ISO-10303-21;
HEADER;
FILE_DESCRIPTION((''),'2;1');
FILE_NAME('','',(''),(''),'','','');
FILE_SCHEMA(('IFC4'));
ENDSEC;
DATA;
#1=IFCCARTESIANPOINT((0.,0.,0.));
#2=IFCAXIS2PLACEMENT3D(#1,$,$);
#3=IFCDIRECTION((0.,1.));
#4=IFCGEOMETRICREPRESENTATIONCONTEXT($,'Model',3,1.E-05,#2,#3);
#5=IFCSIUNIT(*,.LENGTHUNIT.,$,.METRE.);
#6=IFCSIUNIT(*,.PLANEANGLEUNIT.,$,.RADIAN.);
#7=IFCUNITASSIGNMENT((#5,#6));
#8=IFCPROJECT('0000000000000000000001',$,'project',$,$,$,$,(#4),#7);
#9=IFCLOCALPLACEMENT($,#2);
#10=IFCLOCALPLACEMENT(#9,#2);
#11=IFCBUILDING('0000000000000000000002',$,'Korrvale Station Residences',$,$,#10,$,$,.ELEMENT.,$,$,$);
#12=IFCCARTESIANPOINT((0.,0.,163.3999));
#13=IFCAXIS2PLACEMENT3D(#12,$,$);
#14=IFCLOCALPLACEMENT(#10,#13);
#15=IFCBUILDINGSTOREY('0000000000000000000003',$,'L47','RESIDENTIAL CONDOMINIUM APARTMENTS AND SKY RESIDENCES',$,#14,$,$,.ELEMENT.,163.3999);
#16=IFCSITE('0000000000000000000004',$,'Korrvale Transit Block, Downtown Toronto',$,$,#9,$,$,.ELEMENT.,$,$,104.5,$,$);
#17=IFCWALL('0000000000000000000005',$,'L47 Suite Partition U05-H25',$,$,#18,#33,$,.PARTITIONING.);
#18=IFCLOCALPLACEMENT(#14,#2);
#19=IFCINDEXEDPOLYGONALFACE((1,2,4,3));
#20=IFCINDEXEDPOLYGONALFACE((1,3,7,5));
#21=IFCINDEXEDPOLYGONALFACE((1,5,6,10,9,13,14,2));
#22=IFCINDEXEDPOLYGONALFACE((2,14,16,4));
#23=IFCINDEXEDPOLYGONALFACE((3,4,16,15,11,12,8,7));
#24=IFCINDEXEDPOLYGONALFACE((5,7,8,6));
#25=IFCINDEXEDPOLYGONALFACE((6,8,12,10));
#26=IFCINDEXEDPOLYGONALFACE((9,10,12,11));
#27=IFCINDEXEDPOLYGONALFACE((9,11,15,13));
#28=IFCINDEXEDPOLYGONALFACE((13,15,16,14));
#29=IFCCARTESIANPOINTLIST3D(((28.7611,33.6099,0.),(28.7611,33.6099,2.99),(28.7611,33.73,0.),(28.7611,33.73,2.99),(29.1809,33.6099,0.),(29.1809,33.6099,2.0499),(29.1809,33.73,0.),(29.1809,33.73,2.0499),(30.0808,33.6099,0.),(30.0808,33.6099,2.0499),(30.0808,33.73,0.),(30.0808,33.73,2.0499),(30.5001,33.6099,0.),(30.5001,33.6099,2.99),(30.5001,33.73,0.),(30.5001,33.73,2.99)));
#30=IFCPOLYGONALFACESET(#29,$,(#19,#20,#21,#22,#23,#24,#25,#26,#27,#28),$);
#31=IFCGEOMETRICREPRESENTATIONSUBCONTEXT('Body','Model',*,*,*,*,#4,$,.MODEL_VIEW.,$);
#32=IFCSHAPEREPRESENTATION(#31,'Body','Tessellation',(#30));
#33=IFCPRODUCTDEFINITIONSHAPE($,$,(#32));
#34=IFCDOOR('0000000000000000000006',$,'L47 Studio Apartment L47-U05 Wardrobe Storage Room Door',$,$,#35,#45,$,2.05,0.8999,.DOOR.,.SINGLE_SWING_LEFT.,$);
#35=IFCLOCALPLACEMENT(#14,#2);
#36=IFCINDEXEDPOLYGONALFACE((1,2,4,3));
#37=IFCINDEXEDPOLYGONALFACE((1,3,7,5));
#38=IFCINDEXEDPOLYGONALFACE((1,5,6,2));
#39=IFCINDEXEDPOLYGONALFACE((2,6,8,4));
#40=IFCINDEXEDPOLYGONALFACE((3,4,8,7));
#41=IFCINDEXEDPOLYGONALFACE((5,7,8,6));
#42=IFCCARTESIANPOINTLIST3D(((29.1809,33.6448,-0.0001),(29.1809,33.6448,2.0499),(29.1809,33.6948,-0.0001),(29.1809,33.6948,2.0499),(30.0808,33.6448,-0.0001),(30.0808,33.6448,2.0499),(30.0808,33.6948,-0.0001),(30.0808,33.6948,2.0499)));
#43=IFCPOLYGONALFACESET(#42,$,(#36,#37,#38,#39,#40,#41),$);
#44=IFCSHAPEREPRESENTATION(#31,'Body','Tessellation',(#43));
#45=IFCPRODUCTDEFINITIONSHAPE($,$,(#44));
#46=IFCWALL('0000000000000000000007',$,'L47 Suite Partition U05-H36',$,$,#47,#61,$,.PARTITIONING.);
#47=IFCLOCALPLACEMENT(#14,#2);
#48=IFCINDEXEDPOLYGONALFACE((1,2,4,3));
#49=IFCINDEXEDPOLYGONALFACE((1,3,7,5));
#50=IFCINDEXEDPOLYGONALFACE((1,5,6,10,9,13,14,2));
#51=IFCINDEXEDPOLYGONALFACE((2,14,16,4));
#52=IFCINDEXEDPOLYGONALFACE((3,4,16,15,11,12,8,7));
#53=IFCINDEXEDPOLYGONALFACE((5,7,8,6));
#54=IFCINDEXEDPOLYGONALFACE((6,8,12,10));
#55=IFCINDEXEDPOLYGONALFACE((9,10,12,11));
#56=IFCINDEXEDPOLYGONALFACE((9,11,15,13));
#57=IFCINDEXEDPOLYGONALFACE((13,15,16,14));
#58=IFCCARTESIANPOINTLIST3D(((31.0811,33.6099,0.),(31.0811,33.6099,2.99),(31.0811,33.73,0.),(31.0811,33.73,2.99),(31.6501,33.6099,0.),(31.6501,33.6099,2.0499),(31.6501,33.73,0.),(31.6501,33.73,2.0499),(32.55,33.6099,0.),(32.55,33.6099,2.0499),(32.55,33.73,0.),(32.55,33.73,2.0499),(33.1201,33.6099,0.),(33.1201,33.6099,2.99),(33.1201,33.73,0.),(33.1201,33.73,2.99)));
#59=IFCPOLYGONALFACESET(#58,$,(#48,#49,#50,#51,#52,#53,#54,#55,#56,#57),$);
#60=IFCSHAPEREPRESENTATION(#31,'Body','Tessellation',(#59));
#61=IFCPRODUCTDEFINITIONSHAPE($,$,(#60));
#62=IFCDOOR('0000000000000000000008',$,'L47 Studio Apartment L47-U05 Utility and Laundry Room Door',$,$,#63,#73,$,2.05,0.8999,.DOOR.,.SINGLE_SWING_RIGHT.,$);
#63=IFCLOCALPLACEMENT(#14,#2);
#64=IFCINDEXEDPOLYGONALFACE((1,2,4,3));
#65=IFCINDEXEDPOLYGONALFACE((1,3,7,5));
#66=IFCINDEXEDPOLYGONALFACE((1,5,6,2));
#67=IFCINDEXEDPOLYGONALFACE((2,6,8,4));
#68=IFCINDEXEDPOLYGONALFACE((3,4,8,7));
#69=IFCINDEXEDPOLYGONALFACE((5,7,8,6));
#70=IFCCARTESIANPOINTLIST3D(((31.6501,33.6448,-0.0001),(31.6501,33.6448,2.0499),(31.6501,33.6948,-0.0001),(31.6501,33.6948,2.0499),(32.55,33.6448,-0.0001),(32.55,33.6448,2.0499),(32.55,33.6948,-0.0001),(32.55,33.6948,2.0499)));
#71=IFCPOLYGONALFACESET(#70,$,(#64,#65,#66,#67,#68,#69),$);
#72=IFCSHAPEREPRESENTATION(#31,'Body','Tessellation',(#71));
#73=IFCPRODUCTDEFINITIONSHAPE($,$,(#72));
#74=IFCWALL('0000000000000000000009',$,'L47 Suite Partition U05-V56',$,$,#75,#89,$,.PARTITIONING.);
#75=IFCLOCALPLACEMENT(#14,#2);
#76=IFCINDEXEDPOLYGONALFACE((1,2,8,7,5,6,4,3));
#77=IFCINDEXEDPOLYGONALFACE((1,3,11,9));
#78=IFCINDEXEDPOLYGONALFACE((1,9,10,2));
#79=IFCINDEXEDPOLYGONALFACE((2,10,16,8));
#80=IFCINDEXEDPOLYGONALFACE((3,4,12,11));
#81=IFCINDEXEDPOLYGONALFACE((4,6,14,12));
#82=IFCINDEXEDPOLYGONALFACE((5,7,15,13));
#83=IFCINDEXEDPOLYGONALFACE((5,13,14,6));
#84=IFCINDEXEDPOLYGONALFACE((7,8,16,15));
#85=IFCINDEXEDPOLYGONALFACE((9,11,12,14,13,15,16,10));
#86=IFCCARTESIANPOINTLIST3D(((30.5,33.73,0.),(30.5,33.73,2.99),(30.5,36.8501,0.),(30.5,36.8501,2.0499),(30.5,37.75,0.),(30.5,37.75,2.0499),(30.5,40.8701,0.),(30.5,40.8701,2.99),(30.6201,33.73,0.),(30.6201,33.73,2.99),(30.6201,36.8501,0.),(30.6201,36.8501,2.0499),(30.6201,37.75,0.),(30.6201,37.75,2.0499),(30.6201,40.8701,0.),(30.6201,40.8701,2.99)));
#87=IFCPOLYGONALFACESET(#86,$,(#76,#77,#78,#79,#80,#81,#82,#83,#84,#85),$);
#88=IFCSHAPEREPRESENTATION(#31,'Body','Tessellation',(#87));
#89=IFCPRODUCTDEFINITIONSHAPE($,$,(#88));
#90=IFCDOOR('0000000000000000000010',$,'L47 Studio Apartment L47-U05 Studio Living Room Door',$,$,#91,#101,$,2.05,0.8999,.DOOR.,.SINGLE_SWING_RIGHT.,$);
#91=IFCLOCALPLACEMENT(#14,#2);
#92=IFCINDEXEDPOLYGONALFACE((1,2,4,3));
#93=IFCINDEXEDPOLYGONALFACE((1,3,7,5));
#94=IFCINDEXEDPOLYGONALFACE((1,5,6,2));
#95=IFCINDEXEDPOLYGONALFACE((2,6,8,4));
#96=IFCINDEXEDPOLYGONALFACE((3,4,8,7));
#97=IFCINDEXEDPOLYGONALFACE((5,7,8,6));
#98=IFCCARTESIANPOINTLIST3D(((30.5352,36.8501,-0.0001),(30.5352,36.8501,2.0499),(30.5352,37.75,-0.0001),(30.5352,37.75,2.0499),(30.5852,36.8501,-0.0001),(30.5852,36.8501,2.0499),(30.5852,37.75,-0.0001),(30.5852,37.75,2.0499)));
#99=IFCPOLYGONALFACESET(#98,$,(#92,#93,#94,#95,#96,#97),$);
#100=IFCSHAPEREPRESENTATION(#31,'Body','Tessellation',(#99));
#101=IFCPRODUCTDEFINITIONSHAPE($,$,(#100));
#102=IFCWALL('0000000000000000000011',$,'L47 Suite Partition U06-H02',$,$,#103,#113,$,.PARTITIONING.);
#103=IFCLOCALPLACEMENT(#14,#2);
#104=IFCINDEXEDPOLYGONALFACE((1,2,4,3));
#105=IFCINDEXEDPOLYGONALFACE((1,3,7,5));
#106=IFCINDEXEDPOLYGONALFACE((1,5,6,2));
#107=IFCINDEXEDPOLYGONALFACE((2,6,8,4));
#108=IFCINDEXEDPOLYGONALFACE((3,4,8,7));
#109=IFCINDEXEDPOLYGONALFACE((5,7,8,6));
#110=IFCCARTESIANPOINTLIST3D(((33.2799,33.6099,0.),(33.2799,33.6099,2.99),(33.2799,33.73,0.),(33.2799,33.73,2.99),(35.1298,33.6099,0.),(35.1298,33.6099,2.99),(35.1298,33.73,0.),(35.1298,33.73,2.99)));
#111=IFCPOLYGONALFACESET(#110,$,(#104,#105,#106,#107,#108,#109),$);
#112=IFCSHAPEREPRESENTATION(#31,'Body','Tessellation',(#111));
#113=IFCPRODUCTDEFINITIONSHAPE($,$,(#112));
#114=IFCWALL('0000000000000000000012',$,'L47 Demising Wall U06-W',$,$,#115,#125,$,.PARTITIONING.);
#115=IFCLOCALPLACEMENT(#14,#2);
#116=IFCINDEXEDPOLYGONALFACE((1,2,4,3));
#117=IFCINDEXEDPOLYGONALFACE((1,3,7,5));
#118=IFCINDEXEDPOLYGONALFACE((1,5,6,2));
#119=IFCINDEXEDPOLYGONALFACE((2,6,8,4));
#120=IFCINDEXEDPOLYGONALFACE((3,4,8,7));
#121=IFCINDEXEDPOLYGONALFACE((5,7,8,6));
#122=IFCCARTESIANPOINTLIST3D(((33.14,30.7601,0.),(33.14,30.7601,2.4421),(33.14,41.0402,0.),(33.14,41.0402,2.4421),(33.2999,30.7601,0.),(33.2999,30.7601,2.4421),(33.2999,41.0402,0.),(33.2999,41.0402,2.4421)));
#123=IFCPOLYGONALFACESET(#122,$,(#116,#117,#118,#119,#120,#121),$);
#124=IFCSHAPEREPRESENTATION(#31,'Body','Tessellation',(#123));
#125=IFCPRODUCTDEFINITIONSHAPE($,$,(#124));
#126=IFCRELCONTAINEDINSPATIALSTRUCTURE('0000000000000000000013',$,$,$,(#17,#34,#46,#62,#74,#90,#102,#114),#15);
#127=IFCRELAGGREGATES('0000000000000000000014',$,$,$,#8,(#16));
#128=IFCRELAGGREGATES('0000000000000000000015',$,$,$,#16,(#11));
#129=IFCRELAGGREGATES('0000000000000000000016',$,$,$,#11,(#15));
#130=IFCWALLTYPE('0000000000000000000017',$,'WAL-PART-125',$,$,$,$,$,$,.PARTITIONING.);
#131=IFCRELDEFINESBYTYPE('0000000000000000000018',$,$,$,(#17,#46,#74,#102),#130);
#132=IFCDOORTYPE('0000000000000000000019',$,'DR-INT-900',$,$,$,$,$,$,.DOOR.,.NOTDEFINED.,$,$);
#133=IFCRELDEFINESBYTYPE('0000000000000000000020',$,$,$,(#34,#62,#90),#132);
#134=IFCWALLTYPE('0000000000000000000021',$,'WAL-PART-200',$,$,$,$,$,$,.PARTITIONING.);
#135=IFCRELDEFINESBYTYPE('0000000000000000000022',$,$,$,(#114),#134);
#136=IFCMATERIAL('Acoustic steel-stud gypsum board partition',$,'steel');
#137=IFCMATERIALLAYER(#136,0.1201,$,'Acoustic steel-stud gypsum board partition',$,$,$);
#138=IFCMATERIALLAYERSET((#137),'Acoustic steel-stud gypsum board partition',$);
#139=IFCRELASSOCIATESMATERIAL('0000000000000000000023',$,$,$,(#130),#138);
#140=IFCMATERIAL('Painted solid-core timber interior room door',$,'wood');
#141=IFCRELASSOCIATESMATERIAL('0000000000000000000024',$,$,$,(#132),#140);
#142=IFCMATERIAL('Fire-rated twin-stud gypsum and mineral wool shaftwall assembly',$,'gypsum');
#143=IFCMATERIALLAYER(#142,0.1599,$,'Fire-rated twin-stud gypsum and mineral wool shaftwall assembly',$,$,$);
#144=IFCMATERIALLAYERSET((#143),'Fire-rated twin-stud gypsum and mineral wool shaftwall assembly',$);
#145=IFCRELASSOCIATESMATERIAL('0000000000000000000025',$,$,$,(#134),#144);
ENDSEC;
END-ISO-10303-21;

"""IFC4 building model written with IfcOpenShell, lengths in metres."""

from ifc_helpers import new_model, si_unit, direction, frame, frame_2d, origin, place, context, subcontext, project, spatial, rectangle, extrude, material, layer, layer_set, type_object, element, fill, save


model = new_model("IFC4")

# Units and contexts
model_context = context("Model", 3, precision=1e-05, world=origin(), true_north=direction((0.0, 1.0)))
body_context = subcontext(model_context, "Body", "Model", "MODEL_VIEW")
ifc_project = project(units=[si_unit("LENGTHUNIT", "METRE"), si_unit("PLANEANGLEUNIT", "RADIAN")], contexts=[model_context])

# Site, building, storey
site_placement = place(None, origin())
site = spatial("IfcSite", under=ifc_project, at=site_placement, Name="Korrvale Transit Block, Downtown Toronto", CompositionType="ELEMENT", RefElevation=104.5)
building_placement = place(site_placement, origin())
building = spatial("IfcBuilding", under=site, at=building_placement, Name="Korrvale Station Residences", CompositionType="ELEMENT")
storey_placement = place(building_placement, frame((0.0, 0.0, 163.3999)))
storey = spatial("IfcBuildingStorey", under=building, at=storey_placement, Name="L47", Description="RESIDENTIAL CONDOMINIUM APARTMENTS AND SKY RESIDENCES", CompositionType="ELEMENT", Elevation=163.3999)

# Walls, openings, doors
ifc_material_1 = material(Name="Acoustic steel-stud gypsum board partition", Category="steel")
ifc_layer_1 = layer(ifc_material_1, 0.1201, Name="Acoustic steel-stud gypsum board partition")
ifc_layer_set_1 = layer_set([ifc_layer_1], Name="Acoustic steel-stud gypsum board partition")
wall_type_1 = type_object("IfcWallType", Name="WAL-PART-125", PredefinedType="PARTITIONING", material=ifc_layer_set_1)
ifc_material_2 = material(Name="Painted solid-core timber interior room door", Category="wood")
door_type_1 = type_object("IfcDoorType", Name="DR-INT-900", OperationType="NOTDEFINED", PredefinedType="DOOR", material=ifc_material_2)
wall_1_placement = place(storey_placement, frame((28.761, 33.6699, 0.0), z_axis=(0.0, 0.0, 1.0), x_axis=(1.0, 0.0, 0.0)))
wall_1 = element("IfcWall", 1, at=wall_1_placement, inside=storey, type_object=wall_type_1, Name="L47 Suite Partition U05-H25", PredefinedType="PARTITIONING", context=body_context, shape_type="SweptSolid", body=[
    extrude(rectangle(XDim=1.739, YDim=0.1201, at=frame_2d((0.8696, 0.0))), origin(), (0.0, 0.0, 1.0), 2.99),
])
opening_1_placement = place(wall_1_placement, frame((0.4199, 0.0, 0.0)))
opening_1 = element("IfcOpeningElement", 2, at=opening_1_placement, cuts=wall_1, PredefinedType="OPENING", context=body_context, shape_type="SweptSolid", body=[
    extrude(rectangle(XDim=0.8999, YDim=2.05, at=frame_2d((0.45, 1.0249))), frame((0.0, 0.0701, 0.0), z_axis=(0.0, -1.0, 0.0), x_axis=(1.0, 0.0, 0.0)), (0.0, 0.0, 1.0), 0.1401),
])
door_1_placement = place(opening_1_placement, origin())
door_1 = element("IfcDoor", 3, at=door_1_placement, inside=storey, type_object=door_type_1, Name="L47 Studio Apartment L47-U05 Wardrobe Storage Room Door", OperationType="SINGLE_SWING_LEFT", OverallHeight=2.05, OverallWidth=0.8999, PredefinedType="DOOR", context=body_context, shape_type="SweptSolid", body=[
    extrude(rectangle(XDim=0.8999, YDim=2.05, at=frame_2d((0.45, 1.0249))), frame((0.0, 0.0249, 0.0), z_axis=(0.0, -1.0, 0.0), x_axis=(1.0, 0.0, 0.0)), (0.0, 0.0, 1.0), 0.05),
])
fill(opening_1, door_1)
wall_2_placement = place(storey_placement, frame((31.0811, 33.6699, 0.0), z_axis=(0.0, 0.0, 1.0), x_axis=(1.0, 0.0, 0.0)))
wall_2 = element("IfcWall", 4, at=wall_2_placement, inside=storey, type_object=wall_type_1, Name="L47 Suite Partition U05-H36", PredefinedType="PARTITIONING", context=body_context, shape_type="SweptSolid", body=[
    extrude(rectangle(XDim=2.0391, YDim=0.1201, at=frame_2d((1.0195, 0.0))), origin(), (0.0, 0.0, 1.0), 2.99),
])
opening_2_placement = place(wall_2_placement, frame((0.5691, 0.0, 0.0)))
opening_2 = element("IfcOpeningElement", 5, at=opening_2_placement, cuts=wall_2, PredefinedType="OPENING", context=body_context, shape_type="SweptSolid", body=[
    extrude(rectangle(XDim=0.8999, YDim=2.05, at=frame_2d((0.45, 1.0249))), frame((0.0, 0.0701, 0.0), z_axis=(0.0, -1.0, 0.0), x_axis=(1.0, 0.0, 0.0)), (0.0, 0.0, 1.0), 0.1401),
])
door_2_placement = place(opening_2_placement, origin())
door_2 = element("IfcDoor", 6, at=door_2_placement, inside=storey, type_object=door_type_1, Name="L47 Studio Apartment L47-U05 Utility and Laundry Room Door", OperationType="SINGLE_SWING_RIGHT", OverallHeight=2.05, OverallWidth=0.8999, PredefinedType="DOOR", context=body_context, shape_type="SweptSolid", body=[
    extrude(rectangle(XDim=0.8999, YDim=2.05, at=frame_2d((0.45, 1.0249))), frame((0.0, 0.0249, 0.0), z_axis=(0.0, -1.0, 0.0), x_axis=(1.0, 0.0, 0.0)), (0.0, 0.0, 1.0), 0.05),
])
fill(opening_2, door_2)
wall_3_placement = place(storey_placement, frame((30.5601, 33.73, 0.0), z_axis=(0.0, 0.0, 1.0), x_axis=(0.0, 1.0, 0.0)))
wall_3 = element("IfcWall", 7, at=wall_3_placement, inside=storey, type_object=wall_type_1, Name="L47 Suite Partition U05-V56", PredefinedType="PARTITIONING", context=body_context, shape_type="SweptSolid", body=[
    extrude(rectangle(XDim=7.1401, YDim=0.1201, at=frame_2d((3.5701, 0.0))), origin(), (0.0, 0.0, 1.0), 2.99),
])
opening_3_placement = place(wall_3_placement, frame((3.1201, 0.0, 0.0)))
opening_3 = element("IfcOpeningElement", 8, at=opening_3_placement, cuts=wall_3, PredefinedType="OPENING", context=body_context, shape_type="SweptSolid", body=[
    extrude(rectangle(XDim=0.8999, YDim=2.05, at=frame_2d((0.45, 1.0249))), frame((0.0, 0.0701, 0.0), z_axis=(0.0, -1.0, 0.0), x_axis=(1.0, 0.0, 0.0)), (0.0, 0.0, 1.0), 0.1401),
])
door_3_placement = place(opening_3_placement, origin())
door_3 = element("IfcDoor", 9, at=door_3_placement, inside=storey, type_object=door_type_1, Name="L47 Studio Apartment L47-U05 Studio Living Room Door", OperationType="SINGLE_SWING_RIGHT", OverallHeight=2.05, OverallWidth=0.8999, PredefinedType="DOOR", context=body_context, shape_type="SweptSolid", body=[
    extrude(rectangle(XDim=0.8999, YDim=2.05, at=frame_2d((0.45, 1.0249))), frame((0.0, 0.0249, 0.0), z_axis=(0.0, -1.0, 0.0), x_axis=(1.0, 0.0, 0.0)), (0.0, 0.0, 1.0), 0.05),
])
fill(opening_3, door_3)

# Walls
wall_4_placement = place(storey_placement, frame((33.28, 33.6699, 0.0), z_axis=(0.0, 0.0, 1.0), x_axis=(1.0, 0.0, 0.0)))
element("IfcWall", 10, at=wall_4_placement, inside=storey, type_object=wall_type_1, Name="L47 Suite Partition U06-H02", PredefinedType="PARTITIONING", context=body_context, shape_type="SweptSolid", body=[
    extrude(rectangle(XDim=1.8499, YDim=0.1201, at=frame_2d((0.9248, 0.0))), origin(), (0.0, 0.0, 1.0), 2.99),
])
ifc_material_3 = material(Name="Fire-rated twin-stud gypsum and mineral wool shaftwall assembly", Category="gypsum")
ifc_layer_2 = layer(ifc_material_3, 0.1599, Name="Fire-rated twin-stud gypsum and mineral wool shaftwall assembly")
ifc_layer_set_2 = layer_set([ifc_layer_2], Name="Fire-rated twin-stud gypsum and mineral wool shaftwall assembly")
wall_type_2 = type_object("IfcWallType", Name="WAL-PART-200", PredefinedType="PARTITIONING", material=ifc_layer_set_2)
wall_5_placement = place(storey_placement, frame((33.22, 30.76, 0.0), z_axis=(0.0, 0.0, 1.0), x_axis=(0.0, 1.0, 0.0)))
element("IfcWall", 11, at=wall_5_placement, inside=storey, type_object=wall_type_2, Name="L47 Demising Wall U06-W", PredefinedType="PARTITIONING", context=body_context, shape_type="SweptSolid", body=[
    extrude(rectangle(XDim=10.28, YDim=0.1599, at=frame_2d((5.1401, 0.0))), origin(), (0.0, 0.0, 1.0), 2.4421),
])

save(model, "model.ifc")
